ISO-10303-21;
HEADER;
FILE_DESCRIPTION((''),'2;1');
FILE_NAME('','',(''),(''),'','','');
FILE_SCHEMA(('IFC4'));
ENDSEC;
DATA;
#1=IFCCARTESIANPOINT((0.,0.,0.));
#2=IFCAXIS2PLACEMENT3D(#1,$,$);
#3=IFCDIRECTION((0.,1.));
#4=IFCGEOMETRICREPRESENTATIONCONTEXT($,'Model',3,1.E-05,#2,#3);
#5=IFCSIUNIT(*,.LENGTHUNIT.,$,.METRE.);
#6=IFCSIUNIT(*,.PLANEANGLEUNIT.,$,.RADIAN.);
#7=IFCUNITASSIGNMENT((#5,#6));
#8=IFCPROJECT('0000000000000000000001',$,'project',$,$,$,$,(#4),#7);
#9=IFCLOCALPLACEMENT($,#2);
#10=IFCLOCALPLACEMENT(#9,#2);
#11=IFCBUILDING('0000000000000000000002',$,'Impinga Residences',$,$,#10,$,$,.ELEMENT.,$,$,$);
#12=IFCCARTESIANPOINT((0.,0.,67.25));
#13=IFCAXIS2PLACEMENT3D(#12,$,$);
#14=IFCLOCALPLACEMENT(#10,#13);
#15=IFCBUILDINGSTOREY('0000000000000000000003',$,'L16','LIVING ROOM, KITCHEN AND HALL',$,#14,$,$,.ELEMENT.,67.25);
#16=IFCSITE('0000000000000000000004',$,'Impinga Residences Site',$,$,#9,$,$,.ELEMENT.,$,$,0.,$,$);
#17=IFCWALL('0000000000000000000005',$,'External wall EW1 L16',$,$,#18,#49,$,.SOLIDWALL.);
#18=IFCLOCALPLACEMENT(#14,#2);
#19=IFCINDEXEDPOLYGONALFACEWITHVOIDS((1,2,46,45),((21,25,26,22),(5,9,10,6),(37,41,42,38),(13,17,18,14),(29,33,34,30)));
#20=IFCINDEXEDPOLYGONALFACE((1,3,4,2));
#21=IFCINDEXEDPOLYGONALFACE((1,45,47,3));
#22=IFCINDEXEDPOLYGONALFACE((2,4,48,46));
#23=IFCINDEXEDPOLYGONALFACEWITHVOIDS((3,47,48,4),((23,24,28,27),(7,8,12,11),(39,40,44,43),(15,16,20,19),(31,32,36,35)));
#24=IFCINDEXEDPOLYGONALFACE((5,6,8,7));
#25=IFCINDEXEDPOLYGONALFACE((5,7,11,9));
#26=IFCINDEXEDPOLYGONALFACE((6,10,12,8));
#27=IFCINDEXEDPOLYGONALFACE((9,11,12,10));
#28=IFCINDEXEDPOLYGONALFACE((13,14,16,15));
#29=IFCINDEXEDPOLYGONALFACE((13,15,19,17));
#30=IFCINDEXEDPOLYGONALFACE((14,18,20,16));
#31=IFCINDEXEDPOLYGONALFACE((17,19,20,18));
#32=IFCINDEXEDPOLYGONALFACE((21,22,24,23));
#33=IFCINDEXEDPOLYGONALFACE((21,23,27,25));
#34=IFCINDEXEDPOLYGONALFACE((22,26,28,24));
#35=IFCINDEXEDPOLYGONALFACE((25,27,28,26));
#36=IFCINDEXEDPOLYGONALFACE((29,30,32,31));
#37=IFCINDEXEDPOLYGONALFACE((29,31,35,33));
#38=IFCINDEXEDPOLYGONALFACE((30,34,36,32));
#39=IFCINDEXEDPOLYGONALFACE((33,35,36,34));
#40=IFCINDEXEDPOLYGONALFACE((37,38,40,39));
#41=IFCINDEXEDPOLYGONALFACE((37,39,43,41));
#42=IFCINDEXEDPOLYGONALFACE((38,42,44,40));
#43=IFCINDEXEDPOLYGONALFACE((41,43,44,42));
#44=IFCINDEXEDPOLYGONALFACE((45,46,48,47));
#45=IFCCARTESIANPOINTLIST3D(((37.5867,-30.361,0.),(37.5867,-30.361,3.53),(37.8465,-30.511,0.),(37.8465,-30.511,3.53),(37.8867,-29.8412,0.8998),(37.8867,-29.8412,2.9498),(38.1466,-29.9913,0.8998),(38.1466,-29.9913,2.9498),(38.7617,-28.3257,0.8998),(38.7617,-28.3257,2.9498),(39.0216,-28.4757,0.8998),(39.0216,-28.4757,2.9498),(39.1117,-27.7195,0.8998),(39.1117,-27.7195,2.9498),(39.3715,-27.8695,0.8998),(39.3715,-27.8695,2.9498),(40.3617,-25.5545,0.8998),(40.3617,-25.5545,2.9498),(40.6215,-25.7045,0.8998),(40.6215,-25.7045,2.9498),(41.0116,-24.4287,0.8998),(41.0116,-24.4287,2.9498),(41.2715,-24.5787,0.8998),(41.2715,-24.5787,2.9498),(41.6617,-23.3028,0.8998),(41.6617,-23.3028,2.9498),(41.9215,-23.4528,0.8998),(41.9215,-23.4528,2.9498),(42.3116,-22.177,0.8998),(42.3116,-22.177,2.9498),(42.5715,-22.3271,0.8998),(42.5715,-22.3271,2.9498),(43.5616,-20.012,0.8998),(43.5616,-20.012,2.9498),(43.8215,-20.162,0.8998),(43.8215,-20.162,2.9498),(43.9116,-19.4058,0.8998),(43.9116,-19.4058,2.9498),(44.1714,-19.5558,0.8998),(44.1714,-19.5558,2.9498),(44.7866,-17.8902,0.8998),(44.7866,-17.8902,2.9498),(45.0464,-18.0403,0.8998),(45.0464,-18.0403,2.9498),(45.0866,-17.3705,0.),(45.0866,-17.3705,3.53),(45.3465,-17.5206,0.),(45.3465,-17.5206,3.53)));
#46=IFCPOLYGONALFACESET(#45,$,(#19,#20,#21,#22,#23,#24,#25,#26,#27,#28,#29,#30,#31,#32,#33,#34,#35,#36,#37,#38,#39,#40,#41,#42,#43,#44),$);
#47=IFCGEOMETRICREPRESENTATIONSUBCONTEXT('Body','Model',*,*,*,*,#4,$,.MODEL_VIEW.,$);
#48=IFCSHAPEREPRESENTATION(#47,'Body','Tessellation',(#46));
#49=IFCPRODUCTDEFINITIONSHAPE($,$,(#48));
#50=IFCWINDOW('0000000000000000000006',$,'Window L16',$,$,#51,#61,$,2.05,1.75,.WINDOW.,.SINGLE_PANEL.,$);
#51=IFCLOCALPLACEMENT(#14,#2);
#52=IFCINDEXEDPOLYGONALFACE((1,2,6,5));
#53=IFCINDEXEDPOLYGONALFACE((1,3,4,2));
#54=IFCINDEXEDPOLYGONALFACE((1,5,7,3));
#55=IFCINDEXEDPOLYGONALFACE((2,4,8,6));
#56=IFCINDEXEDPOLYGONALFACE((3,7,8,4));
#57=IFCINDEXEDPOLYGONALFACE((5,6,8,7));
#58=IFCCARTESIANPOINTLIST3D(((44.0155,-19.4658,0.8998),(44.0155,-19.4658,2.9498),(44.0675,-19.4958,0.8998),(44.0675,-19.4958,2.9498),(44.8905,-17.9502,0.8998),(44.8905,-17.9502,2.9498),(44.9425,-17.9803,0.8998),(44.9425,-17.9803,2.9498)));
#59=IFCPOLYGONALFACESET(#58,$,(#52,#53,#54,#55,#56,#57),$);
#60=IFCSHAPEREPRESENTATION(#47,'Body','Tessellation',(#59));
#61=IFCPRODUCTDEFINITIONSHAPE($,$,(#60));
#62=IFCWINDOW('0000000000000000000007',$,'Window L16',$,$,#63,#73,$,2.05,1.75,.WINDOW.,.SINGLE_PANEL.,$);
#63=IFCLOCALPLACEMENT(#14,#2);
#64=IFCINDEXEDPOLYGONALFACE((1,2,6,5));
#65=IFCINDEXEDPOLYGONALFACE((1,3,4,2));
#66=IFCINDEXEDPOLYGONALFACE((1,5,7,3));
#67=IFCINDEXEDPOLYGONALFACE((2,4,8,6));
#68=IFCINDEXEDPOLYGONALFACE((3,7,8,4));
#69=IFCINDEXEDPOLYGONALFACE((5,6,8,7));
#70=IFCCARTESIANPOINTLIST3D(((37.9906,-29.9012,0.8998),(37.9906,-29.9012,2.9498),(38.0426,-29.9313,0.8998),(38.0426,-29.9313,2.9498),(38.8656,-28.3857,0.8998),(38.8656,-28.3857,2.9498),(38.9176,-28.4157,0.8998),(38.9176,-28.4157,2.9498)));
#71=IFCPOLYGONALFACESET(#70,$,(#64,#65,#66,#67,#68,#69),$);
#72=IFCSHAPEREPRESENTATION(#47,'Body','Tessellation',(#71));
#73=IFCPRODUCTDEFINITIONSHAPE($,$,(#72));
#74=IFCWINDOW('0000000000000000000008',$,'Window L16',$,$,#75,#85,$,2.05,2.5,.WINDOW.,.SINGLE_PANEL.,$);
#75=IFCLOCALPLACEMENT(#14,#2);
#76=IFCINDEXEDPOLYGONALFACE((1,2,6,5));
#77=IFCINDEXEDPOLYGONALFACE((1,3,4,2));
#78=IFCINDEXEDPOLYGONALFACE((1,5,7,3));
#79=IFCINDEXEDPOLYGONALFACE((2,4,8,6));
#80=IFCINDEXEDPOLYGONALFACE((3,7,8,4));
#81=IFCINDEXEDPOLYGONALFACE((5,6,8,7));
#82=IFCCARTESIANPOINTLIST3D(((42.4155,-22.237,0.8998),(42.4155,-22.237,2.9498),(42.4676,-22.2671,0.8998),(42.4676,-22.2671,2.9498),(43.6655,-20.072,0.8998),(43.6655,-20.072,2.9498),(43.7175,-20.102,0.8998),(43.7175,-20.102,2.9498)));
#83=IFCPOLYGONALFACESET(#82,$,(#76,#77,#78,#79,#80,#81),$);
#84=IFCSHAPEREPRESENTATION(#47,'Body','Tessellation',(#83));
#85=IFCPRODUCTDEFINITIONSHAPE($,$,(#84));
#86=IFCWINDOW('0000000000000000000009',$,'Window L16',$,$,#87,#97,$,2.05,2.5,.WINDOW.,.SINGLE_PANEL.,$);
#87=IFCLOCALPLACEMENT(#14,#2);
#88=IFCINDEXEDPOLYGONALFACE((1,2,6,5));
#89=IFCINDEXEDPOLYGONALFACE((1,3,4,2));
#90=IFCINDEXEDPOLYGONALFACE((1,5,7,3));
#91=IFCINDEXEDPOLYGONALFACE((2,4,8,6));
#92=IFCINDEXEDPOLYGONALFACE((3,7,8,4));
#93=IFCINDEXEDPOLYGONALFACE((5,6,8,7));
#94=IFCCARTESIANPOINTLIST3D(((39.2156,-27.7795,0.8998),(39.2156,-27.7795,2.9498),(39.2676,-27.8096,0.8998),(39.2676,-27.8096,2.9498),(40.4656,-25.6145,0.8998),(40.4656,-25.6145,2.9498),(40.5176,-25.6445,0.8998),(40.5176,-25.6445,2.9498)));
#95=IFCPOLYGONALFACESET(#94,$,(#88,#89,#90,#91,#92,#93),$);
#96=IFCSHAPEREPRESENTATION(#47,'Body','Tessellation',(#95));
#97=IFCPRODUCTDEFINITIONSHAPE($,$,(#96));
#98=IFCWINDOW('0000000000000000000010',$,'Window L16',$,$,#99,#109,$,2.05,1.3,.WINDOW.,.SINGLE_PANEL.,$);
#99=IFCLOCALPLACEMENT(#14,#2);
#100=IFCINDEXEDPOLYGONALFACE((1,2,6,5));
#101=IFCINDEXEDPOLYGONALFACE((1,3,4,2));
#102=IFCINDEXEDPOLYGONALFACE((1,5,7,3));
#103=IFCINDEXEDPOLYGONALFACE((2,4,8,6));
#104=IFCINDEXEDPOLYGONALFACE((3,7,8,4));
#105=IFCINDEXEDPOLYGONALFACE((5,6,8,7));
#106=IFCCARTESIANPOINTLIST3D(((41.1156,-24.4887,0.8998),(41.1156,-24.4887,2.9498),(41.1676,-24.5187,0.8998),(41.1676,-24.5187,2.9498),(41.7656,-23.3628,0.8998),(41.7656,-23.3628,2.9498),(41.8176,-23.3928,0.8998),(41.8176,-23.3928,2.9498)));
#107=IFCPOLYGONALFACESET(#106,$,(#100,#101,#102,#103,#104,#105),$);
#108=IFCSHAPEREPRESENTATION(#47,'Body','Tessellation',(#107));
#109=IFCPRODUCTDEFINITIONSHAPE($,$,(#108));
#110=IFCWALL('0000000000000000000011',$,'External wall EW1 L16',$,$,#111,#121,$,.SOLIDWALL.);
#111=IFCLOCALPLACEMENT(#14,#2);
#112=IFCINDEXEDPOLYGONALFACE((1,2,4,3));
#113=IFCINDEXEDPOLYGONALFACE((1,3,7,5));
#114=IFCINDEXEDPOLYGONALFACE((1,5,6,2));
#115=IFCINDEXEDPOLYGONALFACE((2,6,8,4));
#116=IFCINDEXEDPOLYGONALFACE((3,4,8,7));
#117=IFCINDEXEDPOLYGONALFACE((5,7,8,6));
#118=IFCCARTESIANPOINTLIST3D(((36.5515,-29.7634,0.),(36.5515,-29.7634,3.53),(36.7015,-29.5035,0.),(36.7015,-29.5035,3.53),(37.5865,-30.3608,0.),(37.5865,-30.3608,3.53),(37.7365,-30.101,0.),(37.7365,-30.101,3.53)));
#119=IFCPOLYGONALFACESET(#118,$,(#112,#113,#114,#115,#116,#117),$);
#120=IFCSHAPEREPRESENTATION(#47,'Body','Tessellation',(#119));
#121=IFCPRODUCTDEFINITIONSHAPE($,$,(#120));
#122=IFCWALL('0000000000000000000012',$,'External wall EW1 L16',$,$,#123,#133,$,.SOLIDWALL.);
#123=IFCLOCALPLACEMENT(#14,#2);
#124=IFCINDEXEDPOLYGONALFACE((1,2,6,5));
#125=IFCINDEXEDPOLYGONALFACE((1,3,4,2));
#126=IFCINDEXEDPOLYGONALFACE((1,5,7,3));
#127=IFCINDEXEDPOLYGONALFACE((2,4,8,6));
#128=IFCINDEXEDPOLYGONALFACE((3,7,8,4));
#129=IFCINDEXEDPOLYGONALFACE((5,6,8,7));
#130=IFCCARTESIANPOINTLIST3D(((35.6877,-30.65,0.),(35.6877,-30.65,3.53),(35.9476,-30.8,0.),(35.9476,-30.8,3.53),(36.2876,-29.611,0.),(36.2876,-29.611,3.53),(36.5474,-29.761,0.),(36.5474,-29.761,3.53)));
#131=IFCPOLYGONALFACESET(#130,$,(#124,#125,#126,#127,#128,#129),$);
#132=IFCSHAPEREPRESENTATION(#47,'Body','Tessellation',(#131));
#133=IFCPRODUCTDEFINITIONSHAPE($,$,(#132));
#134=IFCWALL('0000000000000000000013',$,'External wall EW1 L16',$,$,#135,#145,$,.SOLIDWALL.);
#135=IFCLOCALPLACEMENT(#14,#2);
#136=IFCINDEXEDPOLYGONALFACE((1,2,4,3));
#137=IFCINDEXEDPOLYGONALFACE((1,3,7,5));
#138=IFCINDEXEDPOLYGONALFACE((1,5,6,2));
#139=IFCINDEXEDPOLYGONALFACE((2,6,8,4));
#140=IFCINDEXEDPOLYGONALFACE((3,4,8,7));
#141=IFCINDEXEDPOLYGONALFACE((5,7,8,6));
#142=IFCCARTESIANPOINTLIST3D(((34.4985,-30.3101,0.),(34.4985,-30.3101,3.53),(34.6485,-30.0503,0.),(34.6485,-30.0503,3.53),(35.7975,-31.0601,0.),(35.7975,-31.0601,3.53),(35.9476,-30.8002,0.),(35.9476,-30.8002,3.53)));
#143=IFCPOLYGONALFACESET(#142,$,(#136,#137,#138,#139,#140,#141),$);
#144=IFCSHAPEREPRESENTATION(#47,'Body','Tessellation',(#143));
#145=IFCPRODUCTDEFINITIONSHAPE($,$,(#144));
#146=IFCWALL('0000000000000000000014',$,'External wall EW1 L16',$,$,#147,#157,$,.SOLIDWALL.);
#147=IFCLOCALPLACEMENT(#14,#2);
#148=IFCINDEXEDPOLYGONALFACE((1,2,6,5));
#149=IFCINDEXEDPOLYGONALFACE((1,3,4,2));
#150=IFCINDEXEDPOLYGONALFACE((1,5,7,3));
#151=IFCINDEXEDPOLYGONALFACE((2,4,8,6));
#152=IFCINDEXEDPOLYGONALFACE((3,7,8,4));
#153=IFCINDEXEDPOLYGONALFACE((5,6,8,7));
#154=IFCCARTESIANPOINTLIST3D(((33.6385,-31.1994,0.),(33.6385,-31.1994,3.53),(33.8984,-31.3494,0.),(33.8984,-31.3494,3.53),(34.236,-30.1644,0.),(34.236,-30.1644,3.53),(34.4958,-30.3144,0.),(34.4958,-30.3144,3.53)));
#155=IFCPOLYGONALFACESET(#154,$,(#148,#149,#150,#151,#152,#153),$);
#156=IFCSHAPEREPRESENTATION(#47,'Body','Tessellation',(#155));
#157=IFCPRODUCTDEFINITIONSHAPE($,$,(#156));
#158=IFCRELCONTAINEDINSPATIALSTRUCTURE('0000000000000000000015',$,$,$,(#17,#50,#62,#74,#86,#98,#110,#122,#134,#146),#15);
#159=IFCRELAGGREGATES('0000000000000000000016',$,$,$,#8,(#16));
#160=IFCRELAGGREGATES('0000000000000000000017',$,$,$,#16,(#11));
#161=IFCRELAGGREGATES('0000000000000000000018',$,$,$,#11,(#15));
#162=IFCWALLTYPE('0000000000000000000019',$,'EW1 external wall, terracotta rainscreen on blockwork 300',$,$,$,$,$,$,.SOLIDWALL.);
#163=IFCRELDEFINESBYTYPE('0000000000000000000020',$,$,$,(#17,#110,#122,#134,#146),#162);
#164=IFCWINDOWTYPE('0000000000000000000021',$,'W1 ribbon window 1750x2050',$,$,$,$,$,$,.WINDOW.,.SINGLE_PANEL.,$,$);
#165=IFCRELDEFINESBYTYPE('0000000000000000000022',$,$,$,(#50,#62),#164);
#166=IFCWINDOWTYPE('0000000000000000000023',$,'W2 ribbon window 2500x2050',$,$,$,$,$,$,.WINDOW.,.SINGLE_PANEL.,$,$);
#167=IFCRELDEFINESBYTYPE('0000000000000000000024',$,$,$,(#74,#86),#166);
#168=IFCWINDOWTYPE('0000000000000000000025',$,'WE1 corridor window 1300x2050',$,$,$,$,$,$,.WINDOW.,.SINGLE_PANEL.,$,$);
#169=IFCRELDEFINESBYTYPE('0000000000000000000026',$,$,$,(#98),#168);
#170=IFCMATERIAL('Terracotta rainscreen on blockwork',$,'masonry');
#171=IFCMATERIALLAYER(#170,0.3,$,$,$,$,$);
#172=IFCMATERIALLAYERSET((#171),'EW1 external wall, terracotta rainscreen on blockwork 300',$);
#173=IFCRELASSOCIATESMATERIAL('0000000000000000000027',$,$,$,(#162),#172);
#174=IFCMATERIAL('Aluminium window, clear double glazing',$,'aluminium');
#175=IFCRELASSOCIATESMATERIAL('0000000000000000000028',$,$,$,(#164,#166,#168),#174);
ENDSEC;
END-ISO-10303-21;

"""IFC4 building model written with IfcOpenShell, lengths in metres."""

from ifc_helpers import new_model, si_unit, direction, frame, frame_2d, origin, place, context, subcontext, project, spatial, rectangle, extrude, material, layer, layer_set, type_object, element, fill, save


model = new_model("IFC4")

# Units and contexts
model_context = context("Model", 3, precision=1e-05, world=origin(), true_north=direction((0.0, 1.0)))
body_context = subcontext(model_context, "Body", "Model", "MODEL_VIEW")
ifc_project = project(units=[si_unit("LENGTHUNIT", "METRE"), si_unit("PLANEANGLEUNIT", "RADIAN")], contexts=[model_context])

# Site, building, storey
site_placement = place(None, origin())
site = spatial("IfcSite", under=ifc_project, at=site_placement, Name="Impinga Residences Site", CompositionType="ELEMENT", RefElevation=0.0)
building_placement = place(site_placement, origin())
building = spatial("IfcBuilding", under=site, at=building_placement, Name="Impinga Residences", CompositionType="ELEMENT")
storey_placement = place(building_placement, frame((0.0, 0.0, 67.25)))
storey = spatial("IfcBuildingStorey", under=building, at=storey_placement, Name="L16", Description="LIVING ROOM, KITCHEN AND HALL", CompositionType="ELEMENT", Elevation=67.25)

# Shared definitions
ifc_material_1 = material(Name="Terracotta rainscreen on blockwork", Category="masonry")
ifc_layer_1 = layer(ifc_material_1, 0.3)
ifc_layer_set_1 = layer_set([ifc_layer_1], Name="EW1 external wall, terracotta rainscreen on blockwork 300")
wall_type_1 = type_object("IfcWallType", Name="EW1 external wall, terracotta rainscreen on blockwork 300", PredefinedType="SOLIDWALL", material=ifc_layer_set_1)

# Wall, openings, windows
wall_1_placement = place(storey_placement, frame((45.2166, -17.4456, 0.0), z_axis=(0.0, 0.0, 1.0), x_axis=(-0.499997, -0.866027, 0.0)))
wall_1 = element("IfcWall", 1, at=wall_1_placement, inside=storey, type_object=wall_type_1, Name="External wall EW1 L16", PredefinedType="SOLIDWALL", context=body_context, shape_type="SweptSolid", body=[
    extrude(rectangle(XDim=15.0, YDim=0.3, at=frame_2d((7.5, 0.0))), origin(), (0.0, 0.0, 1.0), 3.53),
])
opening_1_placement = place(wall_1_placement, frame((0.6001, 0.0, 0.8999)))
opening_1 = element("IfcOpeningElement", 2, at=opening_1_placement, cuts=wall_1, PredefinedType="OPENING", context=body_context, shape_type="SweptSolid", body=[
    extrude(rectangle(XDim=1.75, YDim=2.05, at=frame_2d((0.875, 1.0249))), frame((0.0, 0.1599, 0.0), z_axis=(0.0, -1.0, 0.0), x_axis=(1.0, 0.0, 0.0)), (0.0, 0.0, 1.0), 0.3201),
])
opening_2_placement = place(wall_1_placement, frame((3.05, 0.0, 0.8999)))
opening_2 = element("IfcOpeningElement", 3, at=opening_2_placement, cuts=wall_1, PredefinedType="OPENING", context=body_context, shape_type="SweptSolid", body=[
    extrude(rectangle(XDim=2.5, YDim=2.05, at=frame_2d((1.25, 1.0249))), frame((0.0, 0.1599, 0.0), z_axis=(0.0, -1.0, 0.0), x_axis=(1.0, 0.0, 0.0)), (0.0, 0.0, 1.0), 0.3201),
])
opening_3_placement = place(wall_1_placement, frame((6.8501, 0.0, 0.8999)))
opening_3 = element("IfcOpeningElement", 4, at=opening_3_placement, cuts=wall_1, PredefinedType="OPENING", context=body_context, shape_type="SweptSolid", body=[
    extrude(rectangle(XDim=1.3, YDim=2.05, at=frame_2d((0.6499, 1.0249))), frame((0.0, 0.1599, 0.0), z_axis=(0.0, -1.0, 0.0), x_axis=(1.0, 0.0, 0.0)), (0.0, 0.0, 1.0), 0.3201),
])
opening_4_placement = place(wall_1_placement, frame((9.45, 0.0, 0.8999)))
opening_4 = element("IfcOpeningElement", 5, at=opening_4_placement, cuts=wall_1, PredefinedType="OPENING", context=body_context, shape_type="SweptSolid", body=[
    extrude(rectangle(XDim=2.5, YDim=2.05, at=frame_2d((1.25, 1.0249))), frame((0.0, 0.1599, 0.0), z_axis=(0.0, -1.0, 0.0), x_axis=(1.0, 0.0, 0.0)), (0.0, 0.0, 1.0), 0.3201),
])
opening_5_placement = place(wall_1_placement, frame((12.6499, 0.0, 0.8999)))
opening_5 = element("IfcOpeningElement", 6, at=opening_5_placement, cuts=wall_1, PredefinedType="OPENING", context=body_context, shape_type="SweptSolid", body=[
    extrude(rectangle(XDim=1.75, YDim=2.05, at=frame_2d((0.875, 1.0249))), frame((0.0, 0.1599, 0.0), z_axis=(0.0, -1.0, 0.0), x_axis=(1.0, 0.0, 0.0)), (0.0, 0.0, 1.0), 0.3201),
])
ifc_material_2 = material(Name="Aluminium window, clear double glazing", Category="aluminium")
window_type_1 = type_object("IfcWindowType", Name="W1 ribbon window 1750x2050", PartitioningType="SINGLE_PANEL", PredefinedType="WINDOW", material=ifc_material_2)
window_1_placement = place(opening_1_placement, origin())
window_1 = element("IfcWindow", 7, at=window_1_placement, inside=storey, type_object=window_type_1, Name="Window L16", OverallHeight=2.05, OverallWidth=1.75, PartitioningType="SINGLE_PANEL", PredefinedType="WINDOW", context=body_context, shape_type="SweptSolid", body=[
    extrude(rectangle(XDim=1.75, YDim=2.05, at=frame_2d((0.875, 1.0249))), frame((0.0, 0.03, 0.0), z_axis=(0.0, -1.0, 0.0), x_axis=(1.0, 0.0, 0.0)), (0.0, 0.0, 1.0), 0.0601),
])
fill(opening_1, window_1)
window_2_placement = place(opening_5_placement, origin())
window_2 = element("IfcWindow", 8, at=window_2_placement, inside=storey, type_object=window_type_1, Name="Window L16", OverallHeight=2.05, OverallWidth=1.75, PartitioningType="SINGLE_PANEL", PredefinedType="WINDOW", context=body_context, shape_type="SweptSolid", body=[
    extrude(rectangle(XDim=1.75, YDim=2.05, at=frame_2d((0.875, 1.0249))), frame((0.0, 0.03, 0.0), z_axis=(0.0, -1.0, 0.0), x_axis=(1.0, 0.0, 0.0)), (0.0, 0.0, 1.0), 0.0601),
])
fill(opening_5, window_2)
window_type_2 = type_object("IfcWindowType", Name="W2 ribbon window 2500x2050", PartitioningType="SINGLE_PANEL", PredefinedType="WINDOW", material=ifc_material_2)
window_3_placement = place(opening_2_placement, origin())
window_3 = element("IfcWindow", 9, at=window_3_placement, inside=storey, type_object=window_type_2, Name="Window L16", OverallHeight=2.05, OverallWidth=2.5, PartitioningType="SINGLE_PANEL", PredefinedType="WINDOW", context=body_context, shape_type="SweptSolid", body=[
    extrude(rectangle(XDim=2.5, YDim=2.05, at=frame_2d((1.25, 1.0249))), frame((0.0, 0.03, 0.0), z_axis=(0.0, -1.0, 0.0), x_axis=(1.0, 0.0, 0.0)), (0.0, 0.0, 1.0), 0.0601),
])
fill(opening_2, window_3)
window_4_placement = place(opening_4_placement, origin())
window_4 = element("IfcWindow", 10, at=window_4_placement, inside=storey, type_object=window_type_2, Name="Window L16", OverallHeight=2.05, OverallWidth=2.5, PartitioningType="SINGLE_PANEL", PredefinedType="WINDOW", context=body_context, shape_type="SweptSolid", body=[
    extrude(rectangle(XDim=2.5, YDim=2.05, at=frame_2d((1.25, 1.0249))), frame((0.0, 0.03, 0.0), z_axis=(0.0, -1.0, 0.0), x_axis=(1.0, 0.0, 0.0)), (0.0, 0.0, 1.0), 0.0601),
])
fill(opening_4, window_4)
window_type_3 = type_object("IfcWindowType", Name="WE1 corridor window 1300x2050", PartitioningType="SINGLE_PANEL", PredefinedType="WINDOW", material=ifc_material_2)
window_5_placement = place(opening_3_placement, origin())
window_5 = element("IfcWindow", 11, at=window_5_placement, inside=storey, type_object=window_type_3, Name="Window L16", OverallHeight=2.05, OverallWidth=1.3, PartitioningType="SINGLE_PANEL", PredefinedType="WINDOW", context=body_context, shape_type="SweptSolid", body=[
    extrude(rectangle(XDim=1.3, YDim=2.05, at=frame_2d((0.6499, 1.0249))), frame((0.0, 0.03, 0.0), z_axis=(0.0, -1.0, 0.0), x_axis=(1.0, 0.0, 0.0)), (0.0, 0.0, 1.0), 0.0601),
])
fill(opening_3, window_5)

# Walls
wall_2_placement = place(storey_placement, frame((37.6616, -30.231, 0.0), z_axis=(0.0, 0.0, 1.0), x_axis=(-0.86606, 0.499941, 0.0)))
element("IfcWall", 12, at=wall_2_placement, inside=storey, type_object=wall_type_1, Name="External wall EW1 L16", PredefinedType="SOLIDWALL", context=body_context, shape_type="SweptSolid", body=[
    extrude(rectangle(XDim=1.1951, YDim=0.3, at=frame_2d((0.5977, 0.0))), origin(), (0.0, 0.0, 1.0), 3.53),
])
wall_3_placement = place(storey_placement, frame((36.4175, -29.686, 0.0), z_axis=(0.0, 0.0, 1.0), x_axis=(-0.499969, -0.866043, 0.0)))
element("IfcWall", 13, at=wall_3_placement, inside=storey, type_object=wall_type_1, Name="External wall EW1 L16", PredefinedType="SOLIDWALL", context=body_context, shape_type="SweptSolid", body=[
    extrude(rectangle(XDim=1.1997, YDim=0.3, at=frame_2d((0.5999, 0.0))), origin(), (0.0, 0.0, 1.0), 3.53),
])
wall_4_placement = place(storey_placement, frame((35.8726, -30.9302, 0.0), z_axis=(0.0, 0.0, 1.0), x_axis=(-0.866031, 0.49999, 0.0)))
element("IfcWall", 14, at=wall_4_placement, inside=storey, type_object=wall_type_1, Name="External wall EW1 L16", PredefinedType="SOLIDWALL", context=body_context, shape_type="SweptSolid", body=[
    extrude(rectangle(XDim=1.5, YDim=0.3, at=frame_2d((0.75, 0.0))), origin(), (0.0, 0.0, 1.0), 3.53),
])
wall_5_placement = place(storey_placement, frame((34.366, -30.2393, 0.0), z_axis=(0.0, 0.0, 1.0), x_axis=(-0.499941, -0.86606, 0.0)))
element("IfcWall", 15, at=wall_5_placement, inside=storey, type_object=wall_type_1, Name="External wall EW1 L16", PredefinedType="SOLIDWALL", context=body_context, shape_type="SweptSolid", body=[
    extrude(rectangle(XDim=1.1951, YDim=0.3, at=frame_2d((0.5977, 0.0))), origin(), (0.0, 0.0, 1.0), 3.53),
])

save(model, "model.ifc")
